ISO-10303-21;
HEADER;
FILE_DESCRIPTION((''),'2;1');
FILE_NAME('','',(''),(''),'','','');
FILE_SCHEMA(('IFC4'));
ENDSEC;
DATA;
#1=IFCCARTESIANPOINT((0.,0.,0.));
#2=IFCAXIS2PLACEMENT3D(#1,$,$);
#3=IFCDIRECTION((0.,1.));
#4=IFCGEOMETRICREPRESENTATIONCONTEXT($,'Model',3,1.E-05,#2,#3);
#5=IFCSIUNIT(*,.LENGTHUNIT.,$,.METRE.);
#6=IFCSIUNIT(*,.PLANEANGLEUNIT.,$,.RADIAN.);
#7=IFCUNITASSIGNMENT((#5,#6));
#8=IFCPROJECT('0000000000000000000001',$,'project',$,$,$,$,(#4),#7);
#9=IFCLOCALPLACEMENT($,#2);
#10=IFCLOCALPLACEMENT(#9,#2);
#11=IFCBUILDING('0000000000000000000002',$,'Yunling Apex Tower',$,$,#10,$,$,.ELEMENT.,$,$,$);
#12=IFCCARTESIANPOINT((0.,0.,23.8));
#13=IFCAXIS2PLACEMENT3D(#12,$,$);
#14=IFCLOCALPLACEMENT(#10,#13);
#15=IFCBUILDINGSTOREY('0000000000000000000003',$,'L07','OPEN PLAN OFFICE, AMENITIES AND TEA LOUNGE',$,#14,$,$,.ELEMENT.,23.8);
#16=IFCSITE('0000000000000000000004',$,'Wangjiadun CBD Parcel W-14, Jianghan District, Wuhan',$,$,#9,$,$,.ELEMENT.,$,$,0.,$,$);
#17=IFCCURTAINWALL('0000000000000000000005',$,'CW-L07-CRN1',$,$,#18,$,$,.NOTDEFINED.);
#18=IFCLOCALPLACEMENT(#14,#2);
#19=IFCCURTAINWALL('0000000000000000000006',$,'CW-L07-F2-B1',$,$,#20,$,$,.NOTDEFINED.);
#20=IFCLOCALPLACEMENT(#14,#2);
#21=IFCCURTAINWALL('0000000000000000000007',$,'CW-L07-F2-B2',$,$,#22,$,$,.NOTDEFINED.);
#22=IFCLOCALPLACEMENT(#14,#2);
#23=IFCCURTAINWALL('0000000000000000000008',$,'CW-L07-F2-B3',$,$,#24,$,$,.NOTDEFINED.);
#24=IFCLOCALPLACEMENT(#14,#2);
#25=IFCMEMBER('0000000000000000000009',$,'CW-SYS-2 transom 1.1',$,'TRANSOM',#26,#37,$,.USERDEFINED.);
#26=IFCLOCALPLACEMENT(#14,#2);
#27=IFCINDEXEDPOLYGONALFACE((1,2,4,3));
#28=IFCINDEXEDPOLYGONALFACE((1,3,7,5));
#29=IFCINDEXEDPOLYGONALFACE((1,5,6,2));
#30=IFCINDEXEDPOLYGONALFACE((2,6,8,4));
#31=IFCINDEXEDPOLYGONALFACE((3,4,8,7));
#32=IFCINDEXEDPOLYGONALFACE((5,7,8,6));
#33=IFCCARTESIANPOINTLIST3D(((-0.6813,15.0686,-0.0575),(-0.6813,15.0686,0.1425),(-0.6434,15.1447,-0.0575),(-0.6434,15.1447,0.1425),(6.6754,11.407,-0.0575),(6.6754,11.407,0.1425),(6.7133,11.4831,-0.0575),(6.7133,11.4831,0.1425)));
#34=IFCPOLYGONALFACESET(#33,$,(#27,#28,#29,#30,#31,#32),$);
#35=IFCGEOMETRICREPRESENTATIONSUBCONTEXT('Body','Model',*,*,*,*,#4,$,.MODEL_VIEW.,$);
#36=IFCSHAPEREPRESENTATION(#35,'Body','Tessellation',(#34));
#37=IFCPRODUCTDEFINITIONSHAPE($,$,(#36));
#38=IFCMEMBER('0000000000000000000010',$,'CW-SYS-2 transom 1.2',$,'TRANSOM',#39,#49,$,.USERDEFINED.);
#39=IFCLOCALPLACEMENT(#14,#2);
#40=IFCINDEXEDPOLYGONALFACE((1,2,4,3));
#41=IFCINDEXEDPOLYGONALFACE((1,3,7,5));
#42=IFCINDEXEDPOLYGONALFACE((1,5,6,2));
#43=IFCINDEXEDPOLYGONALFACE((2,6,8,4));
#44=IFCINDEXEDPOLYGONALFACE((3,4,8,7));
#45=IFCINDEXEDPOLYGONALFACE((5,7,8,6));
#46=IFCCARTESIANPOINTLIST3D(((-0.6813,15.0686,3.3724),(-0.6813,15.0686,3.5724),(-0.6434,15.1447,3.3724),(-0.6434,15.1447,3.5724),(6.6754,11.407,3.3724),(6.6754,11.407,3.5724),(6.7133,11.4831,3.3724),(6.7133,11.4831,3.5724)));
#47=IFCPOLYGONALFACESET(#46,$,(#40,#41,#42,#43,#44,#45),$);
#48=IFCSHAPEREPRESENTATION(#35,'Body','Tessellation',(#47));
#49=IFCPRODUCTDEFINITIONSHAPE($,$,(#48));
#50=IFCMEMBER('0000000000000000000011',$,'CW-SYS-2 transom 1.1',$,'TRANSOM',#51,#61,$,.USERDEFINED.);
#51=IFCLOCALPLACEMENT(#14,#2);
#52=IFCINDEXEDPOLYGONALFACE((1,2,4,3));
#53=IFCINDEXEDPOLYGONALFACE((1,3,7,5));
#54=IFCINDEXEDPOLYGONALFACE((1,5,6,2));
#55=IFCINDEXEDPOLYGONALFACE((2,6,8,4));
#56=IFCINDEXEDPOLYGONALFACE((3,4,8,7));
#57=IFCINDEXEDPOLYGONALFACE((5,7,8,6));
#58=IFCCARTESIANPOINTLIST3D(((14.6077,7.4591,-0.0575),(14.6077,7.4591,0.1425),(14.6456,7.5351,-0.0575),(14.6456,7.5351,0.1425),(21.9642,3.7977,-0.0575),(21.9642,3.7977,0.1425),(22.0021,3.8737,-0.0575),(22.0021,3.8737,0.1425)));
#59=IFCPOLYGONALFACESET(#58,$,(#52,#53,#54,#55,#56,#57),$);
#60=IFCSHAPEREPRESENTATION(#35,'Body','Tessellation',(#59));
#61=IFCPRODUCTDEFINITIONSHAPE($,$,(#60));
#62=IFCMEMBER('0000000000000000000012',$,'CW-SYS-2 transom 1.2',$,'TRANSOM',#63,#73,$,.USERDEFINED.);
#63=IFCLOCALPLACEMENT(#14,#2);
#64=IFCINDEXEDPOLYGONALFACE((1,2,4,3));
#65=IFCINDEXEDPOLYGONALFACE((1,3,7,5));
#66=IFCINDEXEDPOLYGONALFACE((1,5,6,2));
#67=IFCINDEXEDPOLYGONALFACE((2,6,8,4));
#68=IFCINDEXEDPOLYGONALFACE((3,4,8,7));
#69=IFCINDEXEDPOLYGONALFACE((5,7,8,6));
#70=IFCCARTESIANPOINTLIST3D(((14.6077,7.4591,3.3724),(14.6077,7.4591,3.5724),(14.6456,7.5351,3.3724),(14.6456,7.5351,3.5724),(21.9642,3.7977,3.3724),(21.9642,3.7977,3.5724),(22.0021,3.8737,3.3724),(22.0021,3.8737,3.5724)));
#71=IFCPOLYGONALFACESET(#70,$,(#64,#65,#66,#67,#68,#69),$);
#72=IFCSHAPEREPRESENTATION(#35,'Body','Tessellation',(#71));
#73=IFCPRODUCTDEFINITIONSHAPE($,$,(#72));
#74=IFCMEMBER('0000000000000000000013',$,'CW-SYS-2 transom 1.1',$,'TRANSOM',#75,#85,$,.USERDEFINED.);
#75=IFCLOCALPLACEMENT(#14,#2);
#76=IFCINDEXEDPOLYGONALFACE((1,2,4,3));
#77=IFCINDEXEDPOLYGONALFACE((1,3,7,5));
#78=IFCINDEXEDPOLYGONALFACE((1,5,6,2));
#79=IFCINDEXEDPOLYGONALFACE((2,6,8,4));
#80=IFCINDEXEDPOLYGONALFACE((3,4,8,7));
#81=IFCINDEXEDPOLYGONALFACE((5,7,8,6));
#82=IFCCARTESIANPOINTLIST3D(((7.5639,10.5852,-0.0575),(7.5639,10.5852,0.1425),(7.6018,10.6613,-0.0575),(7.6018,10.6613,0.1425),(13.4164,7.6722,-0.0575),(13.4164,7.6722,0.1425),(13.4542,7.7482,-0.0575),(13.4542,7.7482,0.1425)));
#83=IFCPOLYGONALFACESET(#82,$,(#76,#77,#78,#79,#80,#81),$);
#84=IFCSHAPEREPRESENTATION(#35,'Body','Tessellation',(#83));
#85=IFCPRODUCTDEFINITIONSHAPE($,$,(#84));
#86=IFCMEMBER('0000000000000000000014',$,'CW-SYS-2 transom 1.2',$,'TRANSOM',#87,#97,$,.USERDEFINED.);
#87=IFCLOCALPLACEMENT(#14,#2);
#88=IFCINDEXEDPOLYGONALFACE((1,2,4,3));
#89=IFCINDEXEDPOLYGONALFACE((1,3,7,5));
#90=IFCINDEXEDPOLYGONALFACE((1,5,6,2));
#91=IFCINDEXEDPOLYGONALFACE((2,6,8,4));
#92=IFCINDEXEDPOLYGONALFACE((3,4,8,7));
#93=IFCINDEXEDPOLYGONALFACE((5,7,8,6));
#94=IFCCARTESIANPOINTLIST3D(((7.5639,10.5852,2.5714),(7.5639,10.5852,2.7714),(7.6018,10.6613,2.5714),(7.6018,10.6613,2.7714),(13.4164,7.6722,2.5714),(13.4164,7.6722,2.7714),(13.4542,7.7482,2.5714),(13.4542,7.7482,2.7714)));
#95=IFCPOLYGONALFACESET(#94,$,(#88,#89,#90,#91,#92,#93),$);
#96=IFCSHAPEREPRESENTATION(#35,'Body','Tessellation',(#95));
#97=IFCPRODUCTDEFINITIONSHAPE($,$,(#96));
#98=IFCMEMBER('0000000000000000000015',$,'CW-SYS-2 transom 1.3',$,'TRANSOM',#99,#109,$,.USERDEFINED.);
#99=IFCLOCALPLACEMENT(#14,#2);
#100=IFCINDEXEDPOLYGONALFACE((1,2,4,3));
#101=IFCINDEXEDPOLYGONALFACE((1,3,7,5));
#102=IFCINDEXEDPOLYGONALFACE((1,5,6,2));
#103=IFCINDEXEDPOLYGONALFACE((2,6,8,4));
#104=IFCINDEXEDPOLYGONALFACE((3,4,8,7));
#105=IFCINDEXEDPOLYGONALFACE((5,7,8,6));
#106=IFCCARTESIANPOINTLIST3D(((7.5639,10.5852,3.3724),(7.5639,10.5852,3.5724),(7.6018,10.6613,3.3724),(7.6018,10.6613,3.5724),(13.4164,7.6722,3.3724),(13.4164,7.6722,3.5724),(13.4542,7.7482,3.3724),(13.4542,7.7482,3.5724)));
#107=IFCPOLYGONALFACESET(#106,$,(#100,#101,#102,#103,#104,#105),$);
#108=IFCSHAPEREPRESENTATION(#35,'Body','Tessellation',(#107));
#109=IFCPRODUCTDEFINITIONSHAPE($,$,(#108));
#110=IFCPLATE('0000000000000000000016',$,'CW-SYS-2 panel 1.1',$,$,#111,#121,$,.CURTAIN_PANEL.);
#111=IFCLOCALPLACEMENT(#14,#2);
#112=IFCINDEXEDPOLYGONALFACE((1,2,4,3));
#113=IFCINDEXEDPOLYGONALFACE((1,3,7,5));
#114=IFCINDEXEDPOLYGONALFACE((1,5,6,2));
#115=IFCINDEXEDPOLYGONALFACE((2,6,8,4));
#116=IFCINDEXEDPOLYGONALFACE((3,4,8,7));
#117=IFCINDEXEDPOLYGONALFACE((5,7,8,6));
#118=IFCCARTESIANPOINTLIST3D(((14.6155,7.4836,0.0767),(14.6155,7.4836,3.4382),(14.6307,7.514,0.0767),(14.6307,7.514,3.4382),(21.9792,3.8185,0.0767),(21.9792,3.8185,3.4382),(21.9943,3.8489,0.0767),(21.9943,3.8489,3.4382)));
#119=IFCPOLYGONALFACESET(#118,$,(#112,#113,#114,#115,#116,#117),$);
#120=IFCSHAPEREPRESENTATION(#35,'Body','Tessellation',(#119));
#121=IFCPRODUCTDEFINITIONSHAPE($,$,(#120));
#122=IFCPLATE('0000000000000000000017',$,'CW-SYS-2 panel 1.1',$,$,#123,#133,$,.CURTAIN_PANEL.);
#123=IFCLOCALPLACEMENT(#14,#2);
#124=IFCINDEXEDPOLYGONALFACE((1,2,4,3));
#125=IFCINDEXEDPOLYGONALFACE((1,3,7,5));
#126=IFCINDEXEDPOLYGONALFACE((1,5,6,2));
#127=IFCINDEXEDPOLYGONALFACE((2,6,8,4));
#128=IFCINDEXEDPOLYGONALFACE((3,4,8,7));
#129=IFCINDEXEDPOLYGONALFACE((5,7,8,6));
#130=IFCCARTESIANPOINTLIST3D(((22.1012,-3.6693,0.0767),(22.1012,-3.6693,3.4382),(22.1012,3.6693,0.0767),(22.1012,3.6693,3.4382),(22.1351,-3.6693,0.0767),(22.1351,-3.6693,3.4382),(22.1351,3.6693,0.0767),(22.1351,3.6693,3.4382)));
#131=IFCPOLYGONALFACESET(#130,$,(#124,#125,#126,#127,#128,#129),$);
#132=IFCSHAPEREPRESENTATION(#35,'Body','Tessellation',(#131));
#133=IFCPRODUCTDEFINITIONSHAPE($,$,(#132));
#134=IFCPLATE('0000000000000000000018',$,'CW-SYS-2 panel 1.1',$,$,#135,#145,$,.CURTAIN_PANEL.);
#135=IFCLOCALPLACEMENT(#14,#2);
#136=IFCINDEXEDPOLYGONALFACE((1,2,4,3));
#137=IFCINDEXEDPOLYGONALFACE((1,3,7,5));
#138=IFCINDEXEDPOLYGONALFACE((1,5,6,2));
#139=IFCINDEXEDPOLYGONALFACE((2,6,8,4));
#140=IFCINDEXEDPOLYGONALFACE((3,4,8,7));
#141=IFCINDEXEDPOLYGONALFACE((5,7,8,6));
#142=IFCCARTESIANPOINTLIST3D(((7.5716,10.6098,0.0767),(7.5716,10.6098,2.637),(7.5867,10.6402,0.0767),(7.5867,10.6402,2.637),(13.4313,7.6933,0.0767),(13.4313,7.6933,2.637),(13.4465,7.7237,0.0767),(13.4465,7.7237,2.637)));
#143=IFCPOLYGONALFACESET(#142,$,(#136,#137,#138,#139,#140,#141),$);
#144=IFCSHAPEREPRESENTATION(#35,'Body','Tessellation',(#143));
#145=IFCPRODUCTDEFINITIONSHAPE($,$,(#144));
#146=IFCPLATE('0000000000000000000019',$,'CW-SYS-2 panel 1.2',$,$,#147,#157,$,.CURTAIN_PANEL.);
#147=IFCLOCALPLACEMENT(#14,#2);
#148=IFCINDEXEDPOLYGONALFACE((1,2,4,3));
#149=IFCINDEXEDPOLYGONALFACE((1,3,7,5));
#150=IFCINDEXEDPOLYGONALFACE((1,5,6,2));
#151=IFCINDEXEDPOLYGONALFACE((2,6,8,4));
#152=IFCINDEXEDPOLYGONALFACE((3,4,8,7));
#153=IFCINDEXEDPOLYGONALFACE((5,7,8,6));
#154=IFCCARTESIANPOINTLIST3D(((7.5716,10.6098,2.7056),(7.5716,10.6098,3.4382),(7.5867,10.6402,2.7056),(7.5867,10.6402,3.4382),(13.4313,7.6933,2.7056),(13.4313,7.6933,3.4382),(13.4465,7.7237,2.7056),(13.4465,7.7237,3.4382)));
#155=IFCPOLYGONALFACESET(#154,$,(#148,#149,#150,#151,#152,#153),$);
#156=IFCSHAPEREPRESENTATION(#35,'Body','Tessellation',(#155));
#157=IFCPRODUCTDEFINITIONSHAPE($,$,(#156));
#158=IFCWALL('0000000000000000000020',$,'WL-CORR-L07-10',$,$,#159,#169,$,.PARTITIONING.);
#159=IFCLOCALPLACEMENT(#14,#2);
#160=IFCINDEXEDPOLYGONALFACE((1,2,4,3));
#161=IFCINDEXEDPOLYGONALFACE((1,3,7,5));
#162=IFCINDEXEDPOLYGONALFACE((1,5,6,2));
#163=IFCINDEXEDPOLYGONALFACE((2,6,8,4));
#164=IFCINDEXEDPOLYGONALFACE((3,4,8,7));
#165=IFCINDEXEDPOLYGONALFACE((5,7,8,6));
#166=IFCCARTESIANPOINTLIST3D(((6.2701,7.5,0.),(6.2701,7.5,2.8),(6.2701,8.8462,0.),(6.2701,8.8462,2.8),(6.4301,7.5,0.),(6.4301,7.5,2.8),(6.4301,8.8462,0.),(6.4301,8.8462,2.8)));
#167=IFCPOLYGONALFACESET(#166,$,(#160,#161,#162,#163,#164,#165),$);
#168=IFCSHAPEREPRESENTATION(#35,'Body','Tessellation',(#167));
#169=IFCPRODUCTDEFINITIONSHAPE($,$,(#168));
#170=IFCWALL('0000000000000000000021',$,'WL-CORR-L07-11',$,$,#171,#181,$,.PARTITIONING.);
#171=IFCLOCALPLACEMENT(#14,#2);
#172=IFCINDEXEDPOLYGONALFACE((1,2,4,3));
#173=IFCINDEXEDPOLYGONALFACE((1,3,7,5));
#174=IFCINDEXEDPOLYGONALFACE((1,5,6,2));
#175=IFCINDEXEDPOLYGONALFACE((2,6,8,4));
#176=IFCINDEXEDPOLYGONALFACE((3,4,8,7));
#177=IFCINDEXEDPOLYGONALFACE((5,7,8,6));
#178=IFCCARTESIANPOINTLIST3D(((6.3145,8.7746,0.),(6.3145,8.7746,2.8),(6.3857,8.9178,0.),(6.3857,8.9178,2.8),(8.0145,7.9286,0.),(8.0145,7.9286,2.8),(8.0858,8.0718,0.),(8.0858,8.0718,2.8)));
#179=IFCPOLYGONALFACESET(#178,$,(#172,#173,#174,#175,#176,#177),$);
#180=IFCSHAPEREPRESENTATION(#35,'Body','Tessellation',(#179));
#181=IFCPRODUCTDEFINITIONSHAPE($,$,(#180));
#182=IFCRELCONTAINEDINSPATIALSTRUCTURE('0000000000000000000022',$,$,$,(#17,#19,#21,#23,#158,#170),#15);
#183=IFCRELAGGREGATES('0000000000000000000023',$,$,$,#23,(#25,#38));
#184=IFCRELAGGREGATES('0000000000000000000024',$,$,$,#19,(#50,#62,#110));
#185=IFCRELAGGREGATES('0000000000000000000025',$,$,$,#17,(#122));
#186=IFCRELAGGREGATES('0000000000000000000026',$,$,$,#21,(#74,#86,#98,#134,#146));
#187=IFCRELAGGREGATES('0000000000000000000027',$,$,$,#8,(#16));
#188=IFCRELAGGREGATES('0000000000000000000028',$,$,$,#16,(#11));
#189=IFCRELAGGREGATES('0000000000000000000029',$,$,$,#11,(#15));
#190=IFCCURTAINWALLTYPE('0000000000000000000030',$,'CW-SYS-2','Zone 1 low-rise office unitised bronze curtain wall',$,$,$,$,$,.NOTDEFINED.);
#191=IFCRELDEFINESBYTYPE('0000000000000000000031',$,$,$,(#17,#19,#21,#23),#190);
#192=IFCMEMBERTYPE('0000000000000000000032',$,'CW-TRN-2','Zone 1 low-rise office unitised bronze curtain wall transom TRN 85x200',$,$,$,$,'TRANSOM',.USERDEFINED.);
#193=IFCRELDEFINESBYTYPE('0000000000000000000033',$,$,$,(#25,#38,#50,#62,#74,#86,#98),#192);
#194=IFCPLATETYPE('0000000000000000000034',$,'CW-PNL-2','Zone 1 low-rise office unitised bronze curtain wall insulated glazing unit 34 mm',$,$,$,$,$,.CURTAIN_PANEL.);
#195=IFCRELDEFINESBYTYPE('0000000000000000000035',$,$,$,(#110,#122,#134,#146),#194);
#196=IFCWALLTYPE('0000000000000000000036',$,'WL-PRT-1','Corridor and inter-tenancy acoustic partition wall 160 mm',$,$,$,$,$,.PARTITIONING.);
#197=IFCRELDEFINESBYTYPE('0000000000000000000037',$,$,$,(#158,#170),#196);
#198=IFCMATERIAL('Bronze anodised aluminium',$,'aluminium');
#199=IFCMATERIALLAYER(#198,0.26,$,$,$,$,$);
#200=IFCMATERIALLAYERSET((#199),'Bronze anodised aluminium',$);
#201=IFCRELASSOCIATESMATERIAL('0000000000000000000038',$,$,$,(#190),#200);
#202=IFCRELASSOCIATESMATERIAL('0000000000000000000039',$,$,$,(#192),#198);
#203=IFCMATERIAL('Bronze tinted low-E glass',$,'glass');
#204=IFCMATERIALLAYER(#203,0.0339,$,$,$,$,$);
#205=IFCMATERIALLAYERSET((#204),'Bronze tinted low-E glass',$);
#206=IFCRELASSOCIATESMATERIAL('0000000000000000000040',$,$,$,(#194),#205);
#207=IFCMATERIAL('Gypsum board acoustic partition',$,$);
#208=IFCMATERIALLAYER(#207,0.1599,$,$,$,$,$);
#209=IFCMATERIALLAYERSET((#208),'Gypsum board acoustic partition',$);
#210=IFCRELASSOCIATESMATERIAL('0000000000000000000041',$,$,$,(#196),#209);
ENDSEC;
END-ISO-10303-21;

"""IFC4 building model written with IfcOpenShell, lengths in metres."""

from ifc_helpers import new_model, si_unit, direction, frame, frame_2d, origin, origin_2d, place, context, subcontext, project, spatial, rectangle, extrude, source, transform, mapped, material, layer, layer_set, material_profile, profile_set, type_object, element, aggregate, save


model = new_model("IFC4")

# Units and contexts
model_context = context("Model", 3, precision=1e-05, world=origin(), true_north=direction((0.0, 1.0)))
body_context = subcontext(model_context, "Body", "Model", "MODEL_VIEW")
ifc_project = project(units=[si_unit("LENGTHUNIT", "METRE"), si_unit("PLANEANGLEUNIT", "RADIAN")], contexts=[model_context])

# Site, building, storey
site_placement = place(None, origin())
site = spatial("IfcSite", under=ifc_project, at=site_placement, Name="Wangjiadun CBD Parcel W-14, Jianghan District, Wuhan", CompositionType="ELEMENT", RefElevation=0.0)
building_placement = place(site_placement, origin())
building = spatial("IfcBuilding", under=site, at=building_placement, Name="Yunling Apex Tower", CompositionType="ELEMENT")
storey_placement = place(building_placement, frame((0.0, 0.0, 23.8)))
storey = spatial("IfcBuildingStorey", under=building, at=storey_placement, Name="L07", Description="OPEN PLAN OFFICE, AMENITIES AND TEA LOUNGE", CompositionType="ELEMENT", Elevation=23.8)

# Curtain wall
ifc_material_1 = material(Name="Bronze anodised aluminium", Category="aluminium")
ifc_layer_1 = layer(ifc_material_1, 0.26)
ifc_layer_set_1 = layer_set([ifc_layer_1], Name="Bronze anodised aluminium")
curtain_wall_type = type_object("IfcCurtainWallType", Name="CW-SYS-2", Description="Zone 1 low-rise office unitised bronze curtain wall", PredefinedType="NOTDEFINED", material=ifc_layer_set_1)
curtain_wall_1_placement = place(storey_placement, origin())
curtain_wall_1 = element("IfcCurtainWall", 1, at=curtain_wall_1_placement, inside=storey, type_object=curtain_wall_type, Name="CW-L07-CRN1", PredefinedType="NOTDEFINED")

# Curtain walls, members
curtain_wall_2_placement = place(storey_placement, origin())
curtain_wall_2 = element("IfcCurtainWall", 2, at=curtain_wall_2_placement, inside=storey, type_object=curtain_wall_type, Name="CW-L07-F2-B1", PredefinedType="NOTDEFINED")
curtain_wall_3_placement = place(storey_placement, origin())
curtain_wall_3 = element("IfcCurtainWall", 3, at=curtain_wall_3_placement, inside=storey, type_object=curtain_wall_type, Name="CW-L07-F2-B2", PredefinedType="NOTDEFINED")
curtain_wall_4_placement = place(storey_placement, origin())
curtain_wall_4 = element("IfcCurtainWall", 4, at=curtain_wall_4_placement, inside=storey, type_object=curtain_wall_type, Name="CW-L07-F2-B3", PredefinedType="NOTDEFINED")
ifc_material_profile_1 = material_profile(ifc_material_1, rectangle(XDim=0.085, YDim=0.2, at=origin_2d()))
ifc_profile_set_1 = profile_set([ifc_material_profile_1], Name="Bronze anodised aluminium")
member_type_1 = type_object("IfcMemberType", Name="CW-TRN-2", Description="Zone 1 low-rise office unitised bronze curtain wall transom TRN 85x200", ElementType="TRANSOM", PredefinedType="USERDEFINED", material=ifc_profile_set_1)
shared_shape_1 = source(origin(), body_context, "Body", "SweptSolid", [
    extrude(rectangle(XDim=0.085, YDim=0.2, at=origin_2d()), origin(), (0.0, 0.0, 1.0), 8.2175),
])
member_1_placement = place(storey_placement, frame((6.6943, 11.4451, 0.0425), z_axis=(-0.89524, 0.445585, 0.0), x_axis=(-0.445585, -0.89524, 0.0)))
member_1 = element("IfcMember", 5, at=member_1_placement, type_object=member_type_1, Name="CW-SYS-2 transom 1.1", ObjectType="TRANSOM", PredefinedType="USERDEFINED", context=body_context, shape_type="MappedRepresentation", body=[
    mapped(shared_shape_1, transform((0.0, 0.0, 0.0), scale=1.0)),
])
member_2_placement = place(storey_placement, frame((6.6943, 11.4451, 3.4724), z_axis=(-0.89524, 0.445585, 0.0), x_axis=(-0.445585, -0.89524, 0.0)))
member_2 = element("IfcMember", 6, at=member_2_placement, type_object=member_type_1, Name="CW-SYS-2 transom 1.2", ObjectType="TRANSOM", PredefinedType="USERDEFINED", context=body_context, shape_type="MappedRepresentation", body=[
    mapped(shared_shape_1, transform((0.0, 0.0, 0.0), scale=1.0)),
])
aggregate(curtain_wall_4, [member_1, member_2])

# Members
shared_shape_2 = source(origin(), body_context, "Body", "SweptSolid", [
    extrude(rectangle(XDim=0.085, YDim=0.2, at=origin_2d()), origin(), (0.0, 0.0, 1.0), 8.2173),
])
member_3_placement = place(storey_placement, frame((21.9832, 3.8357, 0.0425), z_axis=(-0.895246, 0.445573, 0.0), x_axis=(-0.445573, -0.895246, 0.0)))
member_3 = element("IfcMember", 7, at=member_3_placement, type_object=member_type_1, Name="CW-SYS-2 transom 1.1", ObjectType="TRANSOM", PredefinedType="USERDEFINED", context=body_context, shape_type="MappedRepresentation", body=[
    mapped(shared_shape_2, transform((0.0, 0.0, 0.0), scale=1.0)),
])
member_4_placement = place(storey_placement, frame((21.9832, 3.8357, 3.4724), z_axis=(-0.895246, 0.445573, 0.0), x_axis=(-0.445573, -0.895246, 0.0)))
member_4 = element("IfcMember", 8, at=member_4_placement, type_object=member_type_1, Name="CW-SYS-2 transom 1.2", ObjectType="TRANSOM", PredefinedType="USERDEFINED", context=body_context, shape_type="MappedRepresentation", body=[
    mapped(shared_shape_2, transform((0.0, 0.0, 0.0), scale=1.0)),
])
shared_shape_3 = source(origin(), body_context, "Body", "SweptSolid", [
    extrude(rectangle(XDim=0.085, YDim=0.2, at=origin_2d()), origin(), (0.0, 0.0, 1.0), 6.5374),
])
member_5_placement = place(storey_placement, frame((13.4353, 7.7102, 0.0425), z_axis=(-0.895232, 0.4456, 0.0), x_axis=(-0.4456, -0.895232, 0.0)))
member_5 = element("IfcMember", 9, at=member_5_placement, type_object=member_type_1, Name="CW-SYS-2 transom 1.1", ObjectType="TRANSOM", PredefinedType="USERDEFINED", context=body_context, shape_type="MappedRepresentation", body=[
    mapped(shared_shape_3, transform((0.0, 0.0, 0.0), scale=1.0)),
])
member_6_placement = place(storey_placement, frame((13.4353, 7.7102, 2.6714), z_axis=(-0.895232, 0.4456, 0.0), x_axis=(-0.4456, -0.895232, 0.0)))
member_6 = element("IfcMember", 10, at=member_6_placement, type_object=member_type_1, Name="CW-SYS-2 transom 1.2", ObjectType="TRANSOM", PredefinedType="USERDEFINED", context=body_context, shape_type="MappedRepresentation", body=[
    mapped(shared_shape_3, transform((0.0, 0.0, 0.0), scale=1.0)),
])
member_7_placement = place(storey_placement, frame((13.4353, 7.7102, 3.4724), z_axis=(-0.895232, 0.4456, 0.0), x_axis=(-0.4456, -0.895232, 0.0)))
member_7 = element("IfcMember", 11, at=member_7_placement, type_object=member_type_1, Name="CW-SYS-2 transom 1.3", ObjectType="TRANSOM", PredefinedType="USERDEFINED", context=body_context, shape_type="MappedRepresentation", body=[
    mapped(shared_shape_3, transform((0.0, 0.0, 0.0), scale=1.0)),
])

# Plates
ifc_material_2 = material(Name="Bronze tinted low-E glass", Category="glass")
ifc_layer_2 = layer(ifc_material_2, 0.0339)
ifc_layer_set_2 = layer_set([ifc_layer_2], Name="Bronze tinted low-E glass")
plate_type = type_object("IfcPlateType", Name="CW-PNL-2", Description="Zone 1 low-rise office unitised bronze curtain wall insulated glazing unit 34 mm", PredefinedType="CURTAIN_PANEL", material=ifc_layer_set_2)
shared_shape_4 = source(origin(), body_context, "Body", "SweptSolid", [
    extrude(rectangle(XDim=8.2253, YDim=0.0339, at=origin_2d()), origin(), (0.0, 0.0, 1.0), 3.3616),
])
plate_1_placement = place(storey_placement, frame((18.3049, 5.6663, 0.0767), z_axis=(0.0, 0.0, 1.0), x_axis=(-0.895242, 0.44558, 0.0)))
plate_1 = element("IfcPlate", 12, at=plate_1_placement, type_object=plate_type, Name="CW-SYS-2 panel 1.1", PredefinedType="CURTAIN_PANEL", context=body_context, shape_type="MappedRepresentation", body=[
    mapped(shared_shape_4, transform((0.0, 0.0, 0.0), scale=1.0)),
])
aggregate(curtain_wall_2, [member_3, member_4, plate_1])
shared_shape_5 = source(origin(), body_context, "Body", "SweptSolid", [
    extrude(rectangle(XDim=7.3386, YDim=0.0339, at=origin_2d()), origin(), (0.0, 0.0, 1.0), 3.3616),
])
plate_2_placement = place(storey_placement, frame((22.1182, 0.0, 0.0767), z_axis=(0.0, 0.0, 1.0), x_axis=(0.0, 1.0, 0.0)))
plate_2 = element("IfcPlate", 13, at=plate_2_placement, type_object=plate_type, Name="CW-SYS-2 panel 1.1", PredefinedType="CURTAIN_PANEL", context=body_context, shape_type="MappedRepresentation", body=[
    mapped(shared_shape_5, transform((0.0, 0.0, 0.0), scale=1.0)),
])
aggregate(curtain_wall_1, [plate_2])
shared_shape_6 = source(origin(), body_context, "Body", "SweptSolid", [
    extrude(rectangle(XDim=6.5454, YDim=0.0339, at=origin_2d()), origin(), (0.0, 0.0, 1.0), 2.5603),
])
plate_3_placement = place(storey_placement, frame((10.509, 9.1667, 0.0767), z_axis=(0.0, 0.0, 1.0), x_axis=(-0.895244, 0.445577, 0.0)))
plate_3 = element("IfcPlate", 14, at=plate_3_placement, type_object=plate_type, Name="CW-SYS-2 panel 1.1", PredefinedType="CURTAIN_PANEL", context=body_context, shape_type="MappedRepresentation", body=[
    mapped(shared_shape_6, transform((0.0, 0.0, 0.0), scale=1.0)),
])
shared_shape_7 = source(origin(), body_context, "Body", "SweptSolid", [
    extrude(rectangle(XDim=6.5454, YDim=0.0339, at=origin_2d()), origin(), (0.0, 0.0, 1.0), 0.7327),
])
plate_4_placement = place(storey_placement, frame((10.509, 9.1667, 2.7056), z_axis=(0.0, 0.0, 1.0), x_axis=(-0.895244, 0.445577, 0.0)))
plate_4 = element("IfcPlate", 15, at=plate_4_placement, type_object=plate_type, Name="CW-SYS-2 panel 1.2", PredefinedType="CURTAIN_PANEL", context=body_context, shape_type="MappedRepresentation", body=[
    mapped(shared_shape_7, transform((0.0, 0.0, 0.0), scale=1.0)),
])
aggregate(curtain_wall_3, [member_5, member_6, member_7, plate_3, plate_4])

# Walls
ifc_material_3 = material(Name="Gypsum board acoustic partition")
ifc_layer_3 = layer(ifc_material_3, 0.1599)
ifc_layer_set_3 = layer_set([ifc_layer_3], Name="Gypsum board acoustic partition")
wall_type_1 = type_object("IfcWallType", Name="WL-PRT-1", Description="Corridor and inter-tenancy acoustic partition wall 160 mm", PredefinedType="PARTITIONING", material=ifc_layer_set_3)
wall_1_placement = place(storey_placement, frame((6.3501, 7.5, 0.0), z_axis=(0.0, 0.0, 1.0), x_axis=(0.0, 1.0, 0.0)))
element("IfcWall", 16, at=wall_1_placement, inside=storey, type_object=wall_type_1, Name="WL-CORR-L07-10", PredefinedType="PARTITIONING", context=body_context, shape_type="SweptSolid", body=[
    extrude(rectangle(XDim=1.3462, YDim=0.1599, at=frame_2d((0.6731, 0.0))), origin(), (0.0, 0.0, 1.0), 2.8),
])
wall_2_placement = place(storey_placement, frame((6.3501, 8.8462, 0.0), z_axis=(0.0, 0.0, 1.0), x_axis=(0.895274, -0.445516, 0.0)))
element("IfcWall", 17, at=wall_2_placement, inside=storey, type_object=wall_type_1, Name="WL-CORR-L07-11", PredefinedType="PARTITIONING", context=body_context, shape_type="SweptSolid", body=[
    extrude(rectangle(XDim=1.8989, YDim=0.1599, at=frame_2d((0.9495, 0.0))), origin(), (0.0, 0.0, 1.0), 2.8),
])

save(model, "model.ifc")
